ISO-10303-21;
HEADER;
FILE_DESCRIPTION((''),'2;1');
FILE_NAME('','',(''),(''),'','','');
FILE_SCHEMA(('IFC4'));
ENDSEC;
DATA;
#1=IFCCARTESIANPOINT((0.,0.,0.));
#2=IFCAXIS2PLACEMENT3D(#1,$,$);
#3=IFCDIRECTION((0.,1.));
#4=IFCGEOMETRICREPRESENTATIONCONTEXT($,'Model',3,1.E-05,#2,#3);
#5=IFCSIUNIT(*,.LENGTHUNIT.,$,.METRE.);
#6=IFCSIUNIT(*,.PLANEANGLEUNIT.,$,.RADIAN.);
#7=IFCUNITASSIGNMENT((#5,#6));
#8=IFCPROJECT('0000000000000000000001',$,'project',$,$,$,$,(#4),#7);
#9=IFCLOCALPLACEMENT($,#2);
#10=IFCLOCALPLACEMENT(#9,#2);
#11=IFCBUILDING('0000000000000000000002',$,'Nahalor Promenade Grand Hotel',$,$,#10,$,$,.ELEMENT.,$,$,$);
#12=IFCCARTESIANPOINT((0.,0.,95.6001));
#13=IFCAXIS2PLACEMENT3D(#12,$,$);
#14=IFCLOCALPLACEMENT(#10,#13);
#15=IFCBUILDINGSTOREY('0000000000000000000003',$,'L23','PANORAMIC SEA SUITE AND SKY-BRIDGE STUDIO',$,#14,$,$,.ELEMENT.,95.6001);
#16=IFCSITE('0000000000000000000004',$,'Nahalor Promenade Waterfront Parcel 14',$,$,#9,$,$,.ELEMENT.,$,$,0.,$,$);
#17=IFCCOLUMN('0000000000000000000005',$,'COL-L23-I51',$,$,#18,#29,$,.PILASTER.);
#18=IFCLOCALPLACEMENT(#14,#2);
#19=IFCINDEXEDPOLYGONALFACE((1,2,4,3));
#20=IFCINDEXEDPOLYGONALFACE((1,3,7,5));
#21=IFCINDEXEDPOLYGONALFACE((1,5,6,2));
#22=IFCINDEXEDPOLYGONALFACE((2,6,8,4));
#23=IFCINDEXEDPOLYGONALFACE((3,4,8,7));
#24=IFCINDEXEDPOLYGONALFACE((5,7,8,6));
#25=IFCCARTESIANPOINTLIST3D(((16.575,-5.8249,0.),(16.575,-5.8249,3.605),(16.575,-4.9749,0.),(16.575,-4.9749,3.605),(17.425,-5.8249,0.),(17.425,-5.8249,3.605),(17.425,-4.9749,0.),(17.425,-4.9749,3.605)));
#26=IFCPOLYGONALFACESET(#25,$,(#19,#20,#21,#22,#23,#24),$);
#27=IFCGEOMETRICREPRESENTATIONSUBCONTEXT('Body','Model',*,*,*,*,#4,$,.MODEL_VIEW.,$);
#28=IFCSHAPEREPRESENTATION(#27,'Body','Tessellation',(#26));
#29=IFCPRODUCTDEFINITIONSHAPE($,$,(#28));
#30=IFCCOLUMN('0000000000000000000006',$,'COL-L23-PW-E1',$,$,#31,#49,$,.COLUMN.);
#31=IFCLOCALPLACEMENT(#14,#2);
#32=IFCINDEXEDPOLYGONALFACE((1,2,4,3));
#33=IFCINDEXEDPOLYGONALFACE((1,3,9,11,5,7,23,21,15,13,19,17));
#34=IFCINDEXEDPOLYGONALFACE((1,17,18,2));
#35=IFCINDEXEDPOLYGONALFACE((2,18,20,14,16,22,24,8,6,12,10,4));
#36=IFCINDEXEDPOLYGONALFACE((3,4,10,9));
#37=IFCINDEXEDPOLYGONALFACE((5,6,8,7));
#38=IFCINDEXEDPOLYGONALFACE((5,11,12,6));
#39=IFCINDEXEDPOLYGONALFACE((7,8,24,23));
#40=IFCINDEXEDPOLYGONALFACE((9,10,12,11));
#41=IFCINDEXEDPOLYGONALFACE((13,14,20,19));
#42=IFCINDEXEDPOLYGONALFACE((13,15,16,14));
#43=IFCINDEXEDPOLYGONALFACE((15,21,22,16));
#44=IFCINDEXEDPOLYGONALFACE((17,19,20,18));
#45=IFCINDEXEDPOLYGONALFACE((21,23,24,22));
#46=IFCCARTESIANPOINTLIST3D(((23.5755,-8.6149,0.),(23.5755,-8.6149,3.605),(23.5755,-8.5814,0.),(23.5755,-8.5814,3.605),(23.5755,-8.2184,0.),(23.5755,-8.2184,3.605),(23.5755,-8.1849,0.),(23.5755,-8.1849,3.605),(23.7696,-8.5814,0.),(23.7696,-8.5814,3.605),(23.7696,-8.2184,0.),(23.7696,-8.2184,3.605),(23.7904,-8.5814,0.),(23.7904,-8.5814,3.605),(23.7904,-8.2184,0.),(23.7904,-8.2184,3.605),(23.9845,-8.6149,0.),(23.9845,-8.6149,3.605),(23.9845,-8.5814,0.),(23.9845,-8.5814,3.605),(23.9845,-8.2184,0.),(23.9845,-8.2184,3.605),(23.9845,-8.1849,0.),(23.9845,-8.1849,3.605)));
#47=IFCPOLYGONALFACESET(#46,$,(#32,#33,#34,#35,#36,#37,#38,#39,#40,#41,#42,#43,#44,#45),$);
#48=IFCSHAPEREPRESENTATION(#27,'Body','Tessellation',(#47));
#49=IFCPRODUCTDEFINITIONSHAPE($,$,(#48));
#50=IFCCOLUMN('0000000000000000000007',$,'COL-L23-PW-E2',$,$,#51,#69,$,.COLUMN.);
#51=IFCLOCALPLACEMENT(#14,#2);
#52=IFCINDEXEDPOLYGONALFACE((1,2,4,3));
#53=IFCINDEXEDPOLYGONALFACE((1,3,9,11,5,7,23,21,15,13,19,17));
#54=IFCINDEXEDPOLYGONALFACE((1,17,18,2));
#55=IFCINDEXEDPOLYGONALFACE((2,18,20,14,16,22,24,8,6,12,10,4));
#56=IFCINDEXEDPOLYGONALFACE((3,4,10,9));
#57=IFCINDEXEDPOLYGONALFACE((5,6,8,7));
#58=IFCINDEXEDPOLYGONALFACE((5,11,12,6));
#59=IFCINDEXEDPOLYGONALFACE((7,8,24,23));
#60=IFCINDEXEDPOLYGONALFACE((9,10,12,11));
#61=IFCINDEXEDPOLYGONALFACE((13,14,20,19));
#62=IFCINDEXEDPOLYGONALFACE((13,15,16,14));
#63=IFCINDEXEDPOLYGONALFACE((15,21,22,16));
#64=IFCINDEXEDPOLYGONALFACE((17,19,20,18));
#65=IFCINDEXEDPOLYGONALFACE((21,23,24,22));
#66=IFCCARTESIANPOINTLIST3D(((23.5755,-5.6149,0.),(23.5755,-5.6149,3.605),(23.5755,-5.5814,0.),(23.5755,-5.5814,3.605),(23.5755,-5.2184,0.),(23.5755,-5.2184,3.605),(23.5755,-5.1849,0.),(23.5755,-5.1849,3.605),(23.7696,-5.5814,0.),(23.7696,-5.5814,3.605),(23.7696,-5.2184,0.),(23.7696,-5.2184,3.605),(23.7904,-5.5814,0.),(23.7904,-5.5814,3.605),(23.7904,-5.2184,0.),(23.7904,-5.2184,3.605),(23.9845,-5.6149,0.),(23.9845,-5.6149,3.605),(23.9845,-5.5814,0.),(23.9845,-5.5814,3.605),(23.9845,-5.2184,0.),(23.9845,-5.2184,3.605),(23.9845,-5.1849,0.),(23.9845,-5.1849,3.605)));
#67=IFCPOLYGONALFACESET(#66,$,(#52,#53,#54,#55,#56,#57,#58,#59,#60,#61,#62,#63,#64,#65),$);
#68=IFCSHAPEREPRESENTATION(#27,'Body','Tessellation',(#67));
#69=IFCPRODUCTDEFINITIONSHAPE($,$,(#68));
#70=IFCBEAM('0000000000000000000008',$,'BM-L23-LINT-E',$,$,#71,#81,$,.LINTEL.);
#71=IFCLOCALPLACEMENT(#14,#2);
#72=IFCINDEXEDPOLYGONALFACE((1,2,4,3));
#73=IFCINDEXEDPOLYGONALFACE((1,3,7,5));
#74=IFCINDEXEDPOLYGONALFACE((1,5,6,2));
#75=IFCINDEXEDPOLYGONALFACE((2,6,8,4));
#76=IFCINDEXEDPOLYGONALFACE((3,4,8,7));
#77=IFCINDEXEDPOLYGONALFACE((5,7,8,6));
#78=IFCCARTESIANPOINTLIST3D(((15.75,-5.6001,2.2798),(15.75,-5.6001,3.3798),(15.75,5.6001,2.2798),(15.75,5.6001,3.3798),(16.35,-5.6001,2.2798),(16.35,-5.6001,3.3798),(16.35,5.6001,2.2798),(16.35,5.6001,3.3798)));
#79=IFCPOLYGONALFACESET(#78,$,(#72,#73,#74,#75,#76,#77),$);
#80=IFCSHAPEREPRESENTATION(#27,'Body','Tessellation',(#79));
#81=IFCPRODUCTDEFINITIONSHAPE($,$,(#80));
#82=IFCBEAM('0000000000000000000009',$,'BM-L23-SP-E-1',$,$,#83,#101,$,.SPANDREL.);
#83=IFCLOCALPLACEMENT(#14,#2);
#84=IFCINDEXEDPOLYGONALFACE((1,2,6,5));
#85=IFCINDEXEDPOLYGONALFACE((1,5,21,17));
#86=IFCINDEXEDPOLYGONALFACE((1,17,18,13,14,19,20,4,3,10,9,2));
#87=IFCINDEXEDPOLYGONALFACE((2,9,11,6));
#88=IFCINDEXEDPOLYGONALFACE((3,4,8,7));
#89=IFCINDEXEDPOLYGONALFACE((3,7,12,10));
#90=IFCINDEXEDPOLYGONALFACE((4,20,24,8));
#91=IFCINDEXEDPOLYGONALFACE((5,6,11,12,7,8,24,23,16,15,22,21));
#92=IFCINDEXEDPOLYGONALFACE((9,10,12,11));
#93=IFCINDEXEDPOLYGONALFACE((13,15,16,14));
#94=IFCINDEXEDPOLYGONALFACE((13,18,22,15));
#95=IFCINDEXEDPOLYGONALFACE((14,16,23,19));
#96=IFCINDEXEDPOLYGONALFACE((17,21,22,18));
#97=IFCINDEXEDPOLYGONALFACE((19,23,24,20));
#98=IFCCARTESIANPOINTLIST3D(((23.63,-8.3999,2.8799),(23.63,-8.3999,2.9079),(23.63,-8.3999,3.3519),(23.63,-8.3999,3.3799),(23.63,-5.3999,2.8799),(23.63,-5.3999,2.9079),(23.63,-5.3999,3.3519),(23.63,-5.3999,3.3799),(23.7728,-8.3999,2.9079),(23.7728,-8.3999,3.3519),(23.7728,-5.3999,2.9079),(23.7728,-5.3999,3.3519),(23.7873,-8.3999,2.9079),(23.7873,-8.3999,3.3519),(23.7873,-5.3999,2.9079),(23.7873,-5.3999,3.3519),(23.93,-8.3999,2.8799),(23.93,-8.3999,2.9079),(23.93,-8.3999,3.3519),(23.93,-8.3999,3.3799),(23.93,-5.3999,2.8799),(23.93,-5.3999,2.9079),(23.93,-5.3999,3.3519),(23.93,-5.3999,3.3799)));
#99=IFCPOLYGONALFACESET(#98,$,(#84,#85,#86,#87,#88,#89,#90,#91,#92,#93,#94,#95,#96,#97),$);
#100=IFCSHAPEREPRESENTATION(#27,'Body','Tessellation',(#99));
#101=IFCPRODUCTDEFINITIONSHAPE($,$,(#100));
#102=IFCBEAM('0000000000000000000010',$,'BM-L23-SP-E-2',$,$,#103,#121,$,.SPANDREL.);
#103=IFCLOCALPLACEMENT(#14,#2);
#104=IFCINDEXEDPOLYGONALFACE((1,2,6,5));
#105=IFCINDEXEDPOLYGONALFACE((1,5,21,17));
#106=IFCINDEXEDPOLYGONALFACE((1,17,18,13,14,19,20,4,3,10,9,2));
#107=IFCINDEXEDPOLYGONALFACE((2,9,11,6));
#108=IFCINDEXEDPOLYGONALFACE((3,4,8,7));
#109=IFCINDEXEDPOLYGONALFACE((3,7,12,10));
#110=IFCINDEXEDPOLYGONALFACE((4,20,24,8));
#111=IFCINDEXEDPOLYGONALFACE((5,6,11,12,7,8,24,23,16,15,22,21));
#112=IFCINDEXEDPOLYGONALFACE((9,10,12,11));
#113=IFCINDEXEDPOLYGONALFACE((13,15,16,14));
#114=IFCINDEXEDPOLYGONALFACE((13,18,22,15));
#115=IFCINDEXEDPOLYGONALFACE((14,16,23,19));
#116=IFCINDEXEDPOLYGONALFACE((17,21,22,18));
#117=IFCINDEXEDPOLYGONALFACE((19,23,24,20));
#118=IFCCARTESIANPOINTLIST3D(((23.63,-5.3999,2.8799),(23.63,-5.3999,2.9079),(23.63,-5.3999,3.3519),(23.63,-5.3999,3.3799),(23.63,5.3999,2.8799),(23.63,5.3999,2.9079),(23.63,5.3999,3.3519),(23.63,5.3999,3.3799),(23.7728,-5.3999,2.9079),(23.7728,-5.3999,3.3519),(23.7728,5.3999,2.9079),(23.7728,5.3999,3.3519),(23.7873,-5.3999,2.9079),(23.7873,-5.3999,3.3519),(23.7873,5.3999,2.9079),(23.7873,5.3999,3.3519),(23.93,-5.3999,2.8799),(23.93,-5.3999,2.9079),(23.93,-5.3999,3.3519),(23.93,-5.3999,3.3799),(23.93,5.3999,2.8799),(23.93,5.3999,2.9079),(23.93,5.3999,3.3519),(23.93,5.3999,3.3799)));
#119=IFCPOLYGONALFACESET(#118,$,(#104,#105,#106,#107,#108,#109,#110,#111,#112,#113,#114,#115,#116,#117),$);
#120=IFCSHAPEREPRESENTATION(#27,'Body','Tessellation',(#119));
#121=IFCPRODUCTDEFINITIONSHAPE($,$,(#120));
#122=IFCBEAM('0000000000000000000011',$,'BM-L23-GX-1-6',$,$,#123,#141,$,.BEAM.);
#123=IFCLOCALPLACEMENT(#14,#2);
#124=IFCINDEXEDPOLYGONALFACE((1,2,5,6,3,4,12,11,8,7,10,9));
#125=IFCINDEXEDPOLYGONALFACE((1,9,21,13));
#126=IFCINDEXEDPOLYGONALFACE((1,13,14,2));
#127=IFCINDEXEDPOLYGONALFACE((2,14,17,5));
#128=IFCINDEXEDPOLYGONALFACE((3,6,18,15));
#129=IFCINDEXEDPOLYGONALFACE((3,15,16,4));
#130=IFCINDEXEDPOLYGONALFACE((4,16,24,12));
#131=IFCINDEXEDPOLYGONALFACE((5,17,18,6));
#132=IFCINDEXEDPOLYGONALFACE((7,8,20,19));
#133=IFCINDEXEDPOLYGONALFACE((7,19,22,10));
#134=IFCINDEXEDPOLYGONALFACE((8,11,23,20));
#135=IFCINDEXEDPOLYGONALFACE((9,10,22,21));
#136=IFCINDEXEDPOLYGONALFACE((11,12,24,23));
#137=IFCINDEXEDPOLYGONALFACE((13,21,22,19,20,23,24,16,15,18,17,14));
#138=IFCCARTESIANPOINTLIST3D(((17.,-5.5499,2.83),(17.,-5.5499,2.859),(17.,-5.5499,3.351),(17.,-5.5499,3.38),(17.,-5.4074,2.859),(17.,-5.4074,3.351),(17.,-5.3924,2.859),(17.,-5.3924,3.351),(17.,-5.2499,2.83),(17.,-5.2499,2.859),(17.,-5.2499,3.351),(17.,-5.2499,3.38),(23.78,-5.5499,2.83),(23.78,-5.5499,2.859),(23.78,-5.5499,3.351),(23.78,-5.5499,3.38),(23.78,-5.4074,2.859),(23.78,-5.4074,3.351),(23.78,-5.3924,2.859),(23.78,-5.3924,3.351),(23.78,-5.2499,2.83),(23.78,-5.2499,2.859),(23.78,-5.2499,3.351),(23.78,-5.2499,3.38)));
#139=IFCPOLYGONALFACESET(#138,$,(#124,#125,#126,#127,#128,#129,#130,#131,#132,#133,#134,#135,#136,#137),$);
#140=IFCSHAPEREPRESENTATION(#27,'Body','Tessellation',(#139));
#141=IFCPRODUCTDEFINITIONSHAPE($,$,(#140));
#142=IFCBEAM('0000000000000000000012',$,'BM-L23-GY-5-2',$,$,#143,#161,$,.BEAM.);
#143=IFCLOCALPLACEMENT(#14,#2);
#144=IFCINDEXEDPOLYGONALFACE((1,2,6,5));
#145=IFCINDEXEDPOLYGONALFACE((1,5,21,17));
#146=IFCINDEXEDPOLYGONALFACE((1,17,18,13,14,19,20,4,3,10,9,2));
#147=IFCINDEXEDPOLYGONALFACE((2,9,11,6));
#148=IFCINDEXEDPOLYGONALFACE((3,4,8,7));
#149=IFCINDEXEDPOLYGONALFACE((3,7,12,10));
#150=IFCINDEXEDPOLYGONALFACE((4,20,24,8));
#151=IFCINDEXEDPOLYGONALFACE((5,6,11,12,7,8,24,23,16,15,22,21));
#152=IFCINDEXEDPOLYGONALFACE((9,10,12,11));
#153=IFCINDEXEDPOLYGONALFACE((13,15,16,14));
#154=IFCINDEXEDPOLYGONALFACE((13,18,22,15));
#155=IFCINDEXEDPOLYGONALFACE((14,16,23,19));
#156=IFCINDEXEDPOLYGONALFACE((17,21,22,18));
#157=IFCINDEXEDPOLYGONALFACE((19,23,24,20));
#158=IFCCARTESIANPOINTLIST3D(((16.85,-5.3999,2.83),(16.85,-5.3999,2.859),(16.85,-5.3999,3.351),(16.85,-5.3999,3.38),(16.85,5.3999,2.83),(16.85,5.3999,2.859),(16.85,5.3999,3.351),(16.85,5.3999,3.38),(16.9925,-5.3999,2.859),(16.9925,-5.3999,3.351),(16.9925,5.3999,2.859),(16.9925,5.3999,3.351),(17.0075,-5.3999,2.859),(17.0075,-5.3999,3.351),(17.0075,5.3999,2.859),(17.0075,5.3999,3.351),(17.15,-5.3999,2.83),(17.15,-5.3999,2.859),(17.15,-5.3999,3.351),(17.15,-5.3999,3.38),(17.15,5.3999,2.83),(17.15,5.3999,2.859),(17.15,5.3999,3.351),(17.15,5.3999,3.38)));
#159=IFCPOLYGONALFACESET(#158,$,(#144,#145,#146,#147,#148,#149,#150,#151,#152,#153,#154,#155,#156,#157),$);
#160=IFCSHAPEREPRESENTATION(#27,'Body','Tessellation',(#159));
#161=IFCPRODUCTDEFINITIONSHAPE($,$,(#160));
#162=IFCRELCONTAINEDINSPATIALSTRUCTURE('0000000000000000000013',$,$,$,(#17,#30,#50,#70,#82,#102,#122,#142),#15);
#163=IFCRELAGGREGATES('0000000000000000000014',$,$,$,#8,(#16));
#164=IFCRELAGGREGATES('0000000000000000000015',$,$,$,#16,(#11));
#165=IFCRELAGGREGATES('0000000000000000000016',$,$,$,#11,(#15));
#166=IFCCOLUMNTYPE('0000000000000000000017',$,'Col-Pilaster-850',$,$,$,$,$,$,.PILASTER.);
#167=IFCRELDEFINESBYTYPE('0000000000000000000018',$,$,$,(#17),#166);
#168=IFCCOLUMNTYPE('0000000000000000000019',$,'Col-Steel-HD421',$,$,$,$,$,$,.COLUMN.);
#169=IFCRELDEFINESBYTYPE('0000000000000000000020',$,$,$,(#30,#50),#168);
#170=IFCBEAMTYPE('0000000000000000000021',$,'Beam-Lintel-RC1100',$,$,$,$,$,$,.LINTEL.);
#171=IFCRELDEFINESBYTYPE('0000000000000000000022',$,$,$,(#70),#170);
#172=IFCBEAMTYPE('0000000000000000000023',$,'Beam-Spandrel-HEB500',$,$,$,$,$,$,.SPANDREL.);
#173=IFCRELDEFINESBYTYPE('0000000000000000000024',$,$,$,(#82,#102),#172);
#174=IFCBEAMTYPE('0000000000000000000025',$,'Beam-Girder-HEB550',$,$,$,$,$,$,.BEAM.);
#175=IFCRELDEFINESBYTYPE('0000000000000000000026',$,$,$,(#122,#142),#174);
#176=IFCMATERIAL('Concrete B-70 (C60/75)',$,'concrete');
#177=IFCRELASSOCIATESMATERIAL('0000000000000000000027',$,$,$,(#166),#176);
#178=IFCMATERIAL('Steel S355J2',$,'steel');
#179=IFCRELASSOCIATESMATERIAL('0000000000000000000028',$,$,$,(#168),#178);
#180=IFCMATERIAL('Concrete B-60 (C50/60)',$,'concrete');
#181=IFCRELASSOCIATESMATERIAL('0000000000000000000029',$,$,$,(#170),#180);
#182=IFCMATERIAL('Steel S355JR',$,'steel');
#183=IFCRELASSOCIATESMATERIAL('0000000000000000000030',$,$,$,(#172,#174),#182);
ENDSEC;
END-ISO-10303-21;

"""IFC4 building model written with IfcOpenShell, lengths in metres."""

from ifc_helpers import new_model, si_unit, direction, frame, origin, origin_2d, place, context, subcontext, project, spatial, rectangle, i_section, extrude, source, transform, mapped, material, material_profile, profile_set, type_object, element, save


model = new_model("IFC4")

# Units and contexts
model_context = context("Model", 3, precision=1e-05, world=origin(), true_north=direction((0.0, 1.0)))
body_context = subcontext(model_context, "Body", "Model", "MODEL_VIEW")
ifc_project = project(units=[si_unit("LENGTHUNIT", "METRE"), si_unit("PLANEANGLEUNIT", "RADIAN")], contexts=[model_context])

# Site, building, storey
site_placement = place(None, origin())
site = spatial("IfcSite", under=ifc_project, at=site_placement, Name="Nahalor Promenade Waterfront Parcel 14", CompositionType="ELEMENT", RefElevation=0.0)
building_placement = place(site_placement, origin())
building = spatial("IfcBuilding", under=site, at=building_placement, Name="Nahalor Promenade Grand Hotel", CompositionType="ELEMENT")
storey_placement = place(building_placement, frame((0.0, 0.0, 95.6001)))
storey = spatial("IfcBuildingStorey", under=building, at=storey_placement, Name="L23", Description="PANORAMIC SEA SUITE AND SKY-BRIDGE STUDIO", CompositionType="ELEMENT", Elevation=95.6001)

# Columns
ifc_material_1 = material(Name="Concrete B-70 (C60/75)", Category="concrete")
ifc_material_profile_1 = material_profile(ifc_material_1, rectangle(XDim=0.85, YDim=0.85, at=origin_2d()), Name="RC 850x850")
ifc_profile_set_1 = profile_set([ifc_material_profile_1], Name="Concrete B-70 (C60/75)")
column_type_1 = type_object("IfcColumnType", Name="Col-Pilaster-850", PredefinedType="PILASTER", material=ifc_profile_set_1)
shared_shape_1 = source(origin(), body_context, "Body", "SweptSolid", [
    extrude(rectangle(XDim=0.85, YDim=0.85, at=origin_2d()), origin(), (0.0, 0.0, 1.0), 3.605),
])
column_placement = place(storey_placement, frame((17.0, -5.3999, 0.0), z_axis=(0.0, 0.0, 1.0), x_axis=(1.0, 0.0, 0.0)))
element("IfcColumn", 1, at=column_placement, inside=storey, type_object=column_type_1, Name="COL-L23-I51", PredefinedType="PILASTER", context=body_context, shape_type="MappedRepresentation", body=[
    mapped(shared_shape_1, transform((0.0, 0.0, 0.0), scale=1.0)),
])
ifc_material_2 = material(Name="Steel S355J2", Category="steel")
ifc_material_profile_2 = material_profile(ifc_material_2, i_section(OverallWidth=0.409, OverallDepth=0.43, WebThickness=0.0208, FlangeThickness=0.0335, at=origin_2d()), Name="HD 400x421")
ifc_profile_set_2 = profile_set([ifc_material_profile_2], Name="Steel S355J2")
column_type_2 = type_object("IfcColumnType", Name="Col-Steel-HD421", PredefinedType="COLUMN", material=ifc_profile_set_2)
shared_shape_2 = source(origin(), body_context, "Body", "SweptSolid", [
    extrude(i_section(OverallWidth=0.409, OverallDepth=0.43, WebThickness=0.0208, FlangeThickness=0.0335, at=origin_2d()), origin(), (0.0, 0.0, 1.0), 3.605),
])
for number, where, z_axis, x_axis, name in (
    (2, (23.78, -8.3999, 0.0), (0.0, 0.0, 1.0), (1.0, 0.0, 0.0), "COL-L23-PW-E1"),
    (3, (23.78, -5.3999, 0.0), (0.0, 0.0, 1.0), (1.0, 0.0, 0.0), "COL-L23-PW-E2"),
):
    element("IfcColumn", number, at=place(storey_placement, frame(where, z_axis=z_axis, x_axis=x_axis)), inside=storey, type_object=column_type_2, Name=name, PredefinedType="COLUMN", context=body_context, shape_type="MappedRepresentation", body=[
        mapped(shared_shape_2, transform((0.0, 0.0, 0.0), scale=1.0)),
    ])

# Beams
ifc_material_3 = material(Name="Concrete B-60 (C50/60)", Category="concrete")
ifc_material_profile_3 = material_profile(ifc_material_3, rectangle(XDim=0.6, YDim=1.1, at=origin_2d()), Name="RC 600x1100")
ifc_profile_set_3 = profile_set([ifc_material_profile_3], Name="Concrete B-60 (C50/60)")
beam_type_1 = type_object("IfcBeamType", Name="Beam-Lintel-RC1100", PredefinedType="LINTEL", material=ifc_profile_set_3)
shared_shape_3 = source(origin(), body_context, "Body", "SweptSolid", [
    extrude(rectangle(XDim=0.6, YDim=1.1, at=origin_2d()), origin(), (0.0, 0.0, 1.0), 11.2002),
])
beam_1_placement = place(storey_placement, frame((16.05, -5.6001, 2.8298), z_axis=(0.0, 1.0, 0.0), x_axis=(-1.0, 0.0, 0.0)))
element("IfcBeam", 4, at=beam_1_placement, inside=storey, type_object=beam_type_1, Name="BM-L23-LINT-E", PredefinedType="LINTEL", context=body_context, shape_type="MappedRepresentation", body=[
    mapped(shared_shape_3, transform((0.0, 0.0, 0.0), scale=1.0)),
])
ifc_material_4 = material(Name="Steel S355JR", Category="steel")
ifc_material_profile_4 = material_profile(ifc_material_4, i_section(OverallWidth=0.3, OverallDepth=0.5, WebThickness=0.0145, FlangeThickness=0.028, at=origin_2d()), Name="HEB 500")
ifc_profile_set_4 = profile_set([ifc_material_profile_4], Name="Steel S355JR")
beam_type_2 = type_object("IfcBeamType", Name="Beam-Spandrel-HEB500", PredefinedType="SPANDREL", material=ifc_profile_set_4)
shared_shape_4 = source(origin(), body_context, "Body", "SweptSolid", [
    extrude(i_section(OverallWidth=0.3, OverallDepth=0.5, WebThickness=0.0145, FlangeThickness=0.028, at=origin_2d()), origin(), (0.0, 0.0, 1.0), 3.0),
])
beam_2_placement = place(storey_placement, frame((23.78, -8.3999, 3.1299), z_axis=(0.0, 1.0, 0.0), x_axis=(-1.0, 0.0, 0.0)))
element("IfcBeam", 5, at=beam_2_placement, inside=storey, type_object=beam_type_2, Name="BM-L23-SP-E-1", PredefinedType="SPANDREL", context=body_context, shape_type="MappedRepresentation", body=[
    mapped(shared_shape_4, transform((0.0, 0.0, 0.0), scale=1.0)),
])
shared_shape_5 = source(origin(), body_context, "Body", "SweptSolid", [
    extrude(i_section(OverallWidth=0.3, OverallDepth=0.5, WebThickness=0.0145, FlangeThickness=0.028, at=origin_2d()), origin(), (0.0, 0.0, 1.0), 10.7998),
])
beam_3_placement = place(storey_placement, frame((23.78, -5.3999, 3.1299), z_axis=(0.0, 1.0, 0.0), x_axis=(-1.0, 0.0, 0.0)))
element("IfcBeam", 6, at=beam_3_placement, inside=storey, type_object=beam_type_2, Name="BM-L23-SP-E-2", PredefinedType="SPANDREL", context=body_context, shape_type="MappedRepresentation", body=[
    mapped(shared_shape_5, transform((0.0, 0.0, 0.0), scale=1.0)),
])
ifc_material_profile_5 = material_profile(ifc_material_4, i_section(OverallWidth=0.3, OverallDepth=0.55, WebThickness=0.015, FlangeThickness=0.029, at=origin_2d()), Name="HEB 550")
ifc_profile_set_5 = profile_set([ifc_material_profile_5], Name="Steel S355JR")
beam_type_3 = type_object("IfcBeamType", Name="Beam-Girder-HEB550", PredefinedType="BEAM", material=ifc_profile_set_5)
shared_shape_6 = source(origin(), body_context, "Body", "SweptSolid", [
    extrude(i_section(OverallWidth=0.3, OverallDepth=0.55, WebThickness=0.015, FlangeThickness=0.029, at=origin_2d()), origin(), (0.0, 0.0, 1.0), 6.78),
])
beam_4_placement = place(storey_placement, frame((17.0, -5.3999, 3.105), z_axis=(1.0, 0.0, 0.0), x_axis=(0.0, 1.0, 0.0)))
element("IfcBeam", 7, at=beam_4_placement, inside=storey, type_object=beam_type_3, Name="BM-L23-GX-1-6", PredefinedType="BEAM", context=body_context, shape_type="MappedRepresentation", body=[
    mapped(shared_shape_6, transform((0.0, 0.0, 0.0), scale=1.0)),
])
shared_shape_7 = source(origin(), body_context, "Body", "SweptSolid", [
    extrude(i_section(OverallWidth=0.3, OverallDepth=0.55, WebThickness=0.015, FlangeThickness=0.029, at=origin_2d()), origin(), (0.0, 0.0, 1.0), 10.7998),
])
beam_5_placement = place(storey_placement, frame((17.0, -5.3999, 3.105), z_axis=(0.0, 1.0, 0.0), x_axis=(-1.0, 0.0, 0.0)))
element("IfcBeam", 8, at=beam_5_placement, inside=storey, type_object=beam_type_3, Name="BM-L23-GY-5-2", PredefinedType="BEAM", context=body_context, shape_type="MappedRepresentation", body=[
    mapped(shared_shape_7, transform((0.0, 0.0, 0.0), scale=1.0)),
])

save(model, "model.ifc")
